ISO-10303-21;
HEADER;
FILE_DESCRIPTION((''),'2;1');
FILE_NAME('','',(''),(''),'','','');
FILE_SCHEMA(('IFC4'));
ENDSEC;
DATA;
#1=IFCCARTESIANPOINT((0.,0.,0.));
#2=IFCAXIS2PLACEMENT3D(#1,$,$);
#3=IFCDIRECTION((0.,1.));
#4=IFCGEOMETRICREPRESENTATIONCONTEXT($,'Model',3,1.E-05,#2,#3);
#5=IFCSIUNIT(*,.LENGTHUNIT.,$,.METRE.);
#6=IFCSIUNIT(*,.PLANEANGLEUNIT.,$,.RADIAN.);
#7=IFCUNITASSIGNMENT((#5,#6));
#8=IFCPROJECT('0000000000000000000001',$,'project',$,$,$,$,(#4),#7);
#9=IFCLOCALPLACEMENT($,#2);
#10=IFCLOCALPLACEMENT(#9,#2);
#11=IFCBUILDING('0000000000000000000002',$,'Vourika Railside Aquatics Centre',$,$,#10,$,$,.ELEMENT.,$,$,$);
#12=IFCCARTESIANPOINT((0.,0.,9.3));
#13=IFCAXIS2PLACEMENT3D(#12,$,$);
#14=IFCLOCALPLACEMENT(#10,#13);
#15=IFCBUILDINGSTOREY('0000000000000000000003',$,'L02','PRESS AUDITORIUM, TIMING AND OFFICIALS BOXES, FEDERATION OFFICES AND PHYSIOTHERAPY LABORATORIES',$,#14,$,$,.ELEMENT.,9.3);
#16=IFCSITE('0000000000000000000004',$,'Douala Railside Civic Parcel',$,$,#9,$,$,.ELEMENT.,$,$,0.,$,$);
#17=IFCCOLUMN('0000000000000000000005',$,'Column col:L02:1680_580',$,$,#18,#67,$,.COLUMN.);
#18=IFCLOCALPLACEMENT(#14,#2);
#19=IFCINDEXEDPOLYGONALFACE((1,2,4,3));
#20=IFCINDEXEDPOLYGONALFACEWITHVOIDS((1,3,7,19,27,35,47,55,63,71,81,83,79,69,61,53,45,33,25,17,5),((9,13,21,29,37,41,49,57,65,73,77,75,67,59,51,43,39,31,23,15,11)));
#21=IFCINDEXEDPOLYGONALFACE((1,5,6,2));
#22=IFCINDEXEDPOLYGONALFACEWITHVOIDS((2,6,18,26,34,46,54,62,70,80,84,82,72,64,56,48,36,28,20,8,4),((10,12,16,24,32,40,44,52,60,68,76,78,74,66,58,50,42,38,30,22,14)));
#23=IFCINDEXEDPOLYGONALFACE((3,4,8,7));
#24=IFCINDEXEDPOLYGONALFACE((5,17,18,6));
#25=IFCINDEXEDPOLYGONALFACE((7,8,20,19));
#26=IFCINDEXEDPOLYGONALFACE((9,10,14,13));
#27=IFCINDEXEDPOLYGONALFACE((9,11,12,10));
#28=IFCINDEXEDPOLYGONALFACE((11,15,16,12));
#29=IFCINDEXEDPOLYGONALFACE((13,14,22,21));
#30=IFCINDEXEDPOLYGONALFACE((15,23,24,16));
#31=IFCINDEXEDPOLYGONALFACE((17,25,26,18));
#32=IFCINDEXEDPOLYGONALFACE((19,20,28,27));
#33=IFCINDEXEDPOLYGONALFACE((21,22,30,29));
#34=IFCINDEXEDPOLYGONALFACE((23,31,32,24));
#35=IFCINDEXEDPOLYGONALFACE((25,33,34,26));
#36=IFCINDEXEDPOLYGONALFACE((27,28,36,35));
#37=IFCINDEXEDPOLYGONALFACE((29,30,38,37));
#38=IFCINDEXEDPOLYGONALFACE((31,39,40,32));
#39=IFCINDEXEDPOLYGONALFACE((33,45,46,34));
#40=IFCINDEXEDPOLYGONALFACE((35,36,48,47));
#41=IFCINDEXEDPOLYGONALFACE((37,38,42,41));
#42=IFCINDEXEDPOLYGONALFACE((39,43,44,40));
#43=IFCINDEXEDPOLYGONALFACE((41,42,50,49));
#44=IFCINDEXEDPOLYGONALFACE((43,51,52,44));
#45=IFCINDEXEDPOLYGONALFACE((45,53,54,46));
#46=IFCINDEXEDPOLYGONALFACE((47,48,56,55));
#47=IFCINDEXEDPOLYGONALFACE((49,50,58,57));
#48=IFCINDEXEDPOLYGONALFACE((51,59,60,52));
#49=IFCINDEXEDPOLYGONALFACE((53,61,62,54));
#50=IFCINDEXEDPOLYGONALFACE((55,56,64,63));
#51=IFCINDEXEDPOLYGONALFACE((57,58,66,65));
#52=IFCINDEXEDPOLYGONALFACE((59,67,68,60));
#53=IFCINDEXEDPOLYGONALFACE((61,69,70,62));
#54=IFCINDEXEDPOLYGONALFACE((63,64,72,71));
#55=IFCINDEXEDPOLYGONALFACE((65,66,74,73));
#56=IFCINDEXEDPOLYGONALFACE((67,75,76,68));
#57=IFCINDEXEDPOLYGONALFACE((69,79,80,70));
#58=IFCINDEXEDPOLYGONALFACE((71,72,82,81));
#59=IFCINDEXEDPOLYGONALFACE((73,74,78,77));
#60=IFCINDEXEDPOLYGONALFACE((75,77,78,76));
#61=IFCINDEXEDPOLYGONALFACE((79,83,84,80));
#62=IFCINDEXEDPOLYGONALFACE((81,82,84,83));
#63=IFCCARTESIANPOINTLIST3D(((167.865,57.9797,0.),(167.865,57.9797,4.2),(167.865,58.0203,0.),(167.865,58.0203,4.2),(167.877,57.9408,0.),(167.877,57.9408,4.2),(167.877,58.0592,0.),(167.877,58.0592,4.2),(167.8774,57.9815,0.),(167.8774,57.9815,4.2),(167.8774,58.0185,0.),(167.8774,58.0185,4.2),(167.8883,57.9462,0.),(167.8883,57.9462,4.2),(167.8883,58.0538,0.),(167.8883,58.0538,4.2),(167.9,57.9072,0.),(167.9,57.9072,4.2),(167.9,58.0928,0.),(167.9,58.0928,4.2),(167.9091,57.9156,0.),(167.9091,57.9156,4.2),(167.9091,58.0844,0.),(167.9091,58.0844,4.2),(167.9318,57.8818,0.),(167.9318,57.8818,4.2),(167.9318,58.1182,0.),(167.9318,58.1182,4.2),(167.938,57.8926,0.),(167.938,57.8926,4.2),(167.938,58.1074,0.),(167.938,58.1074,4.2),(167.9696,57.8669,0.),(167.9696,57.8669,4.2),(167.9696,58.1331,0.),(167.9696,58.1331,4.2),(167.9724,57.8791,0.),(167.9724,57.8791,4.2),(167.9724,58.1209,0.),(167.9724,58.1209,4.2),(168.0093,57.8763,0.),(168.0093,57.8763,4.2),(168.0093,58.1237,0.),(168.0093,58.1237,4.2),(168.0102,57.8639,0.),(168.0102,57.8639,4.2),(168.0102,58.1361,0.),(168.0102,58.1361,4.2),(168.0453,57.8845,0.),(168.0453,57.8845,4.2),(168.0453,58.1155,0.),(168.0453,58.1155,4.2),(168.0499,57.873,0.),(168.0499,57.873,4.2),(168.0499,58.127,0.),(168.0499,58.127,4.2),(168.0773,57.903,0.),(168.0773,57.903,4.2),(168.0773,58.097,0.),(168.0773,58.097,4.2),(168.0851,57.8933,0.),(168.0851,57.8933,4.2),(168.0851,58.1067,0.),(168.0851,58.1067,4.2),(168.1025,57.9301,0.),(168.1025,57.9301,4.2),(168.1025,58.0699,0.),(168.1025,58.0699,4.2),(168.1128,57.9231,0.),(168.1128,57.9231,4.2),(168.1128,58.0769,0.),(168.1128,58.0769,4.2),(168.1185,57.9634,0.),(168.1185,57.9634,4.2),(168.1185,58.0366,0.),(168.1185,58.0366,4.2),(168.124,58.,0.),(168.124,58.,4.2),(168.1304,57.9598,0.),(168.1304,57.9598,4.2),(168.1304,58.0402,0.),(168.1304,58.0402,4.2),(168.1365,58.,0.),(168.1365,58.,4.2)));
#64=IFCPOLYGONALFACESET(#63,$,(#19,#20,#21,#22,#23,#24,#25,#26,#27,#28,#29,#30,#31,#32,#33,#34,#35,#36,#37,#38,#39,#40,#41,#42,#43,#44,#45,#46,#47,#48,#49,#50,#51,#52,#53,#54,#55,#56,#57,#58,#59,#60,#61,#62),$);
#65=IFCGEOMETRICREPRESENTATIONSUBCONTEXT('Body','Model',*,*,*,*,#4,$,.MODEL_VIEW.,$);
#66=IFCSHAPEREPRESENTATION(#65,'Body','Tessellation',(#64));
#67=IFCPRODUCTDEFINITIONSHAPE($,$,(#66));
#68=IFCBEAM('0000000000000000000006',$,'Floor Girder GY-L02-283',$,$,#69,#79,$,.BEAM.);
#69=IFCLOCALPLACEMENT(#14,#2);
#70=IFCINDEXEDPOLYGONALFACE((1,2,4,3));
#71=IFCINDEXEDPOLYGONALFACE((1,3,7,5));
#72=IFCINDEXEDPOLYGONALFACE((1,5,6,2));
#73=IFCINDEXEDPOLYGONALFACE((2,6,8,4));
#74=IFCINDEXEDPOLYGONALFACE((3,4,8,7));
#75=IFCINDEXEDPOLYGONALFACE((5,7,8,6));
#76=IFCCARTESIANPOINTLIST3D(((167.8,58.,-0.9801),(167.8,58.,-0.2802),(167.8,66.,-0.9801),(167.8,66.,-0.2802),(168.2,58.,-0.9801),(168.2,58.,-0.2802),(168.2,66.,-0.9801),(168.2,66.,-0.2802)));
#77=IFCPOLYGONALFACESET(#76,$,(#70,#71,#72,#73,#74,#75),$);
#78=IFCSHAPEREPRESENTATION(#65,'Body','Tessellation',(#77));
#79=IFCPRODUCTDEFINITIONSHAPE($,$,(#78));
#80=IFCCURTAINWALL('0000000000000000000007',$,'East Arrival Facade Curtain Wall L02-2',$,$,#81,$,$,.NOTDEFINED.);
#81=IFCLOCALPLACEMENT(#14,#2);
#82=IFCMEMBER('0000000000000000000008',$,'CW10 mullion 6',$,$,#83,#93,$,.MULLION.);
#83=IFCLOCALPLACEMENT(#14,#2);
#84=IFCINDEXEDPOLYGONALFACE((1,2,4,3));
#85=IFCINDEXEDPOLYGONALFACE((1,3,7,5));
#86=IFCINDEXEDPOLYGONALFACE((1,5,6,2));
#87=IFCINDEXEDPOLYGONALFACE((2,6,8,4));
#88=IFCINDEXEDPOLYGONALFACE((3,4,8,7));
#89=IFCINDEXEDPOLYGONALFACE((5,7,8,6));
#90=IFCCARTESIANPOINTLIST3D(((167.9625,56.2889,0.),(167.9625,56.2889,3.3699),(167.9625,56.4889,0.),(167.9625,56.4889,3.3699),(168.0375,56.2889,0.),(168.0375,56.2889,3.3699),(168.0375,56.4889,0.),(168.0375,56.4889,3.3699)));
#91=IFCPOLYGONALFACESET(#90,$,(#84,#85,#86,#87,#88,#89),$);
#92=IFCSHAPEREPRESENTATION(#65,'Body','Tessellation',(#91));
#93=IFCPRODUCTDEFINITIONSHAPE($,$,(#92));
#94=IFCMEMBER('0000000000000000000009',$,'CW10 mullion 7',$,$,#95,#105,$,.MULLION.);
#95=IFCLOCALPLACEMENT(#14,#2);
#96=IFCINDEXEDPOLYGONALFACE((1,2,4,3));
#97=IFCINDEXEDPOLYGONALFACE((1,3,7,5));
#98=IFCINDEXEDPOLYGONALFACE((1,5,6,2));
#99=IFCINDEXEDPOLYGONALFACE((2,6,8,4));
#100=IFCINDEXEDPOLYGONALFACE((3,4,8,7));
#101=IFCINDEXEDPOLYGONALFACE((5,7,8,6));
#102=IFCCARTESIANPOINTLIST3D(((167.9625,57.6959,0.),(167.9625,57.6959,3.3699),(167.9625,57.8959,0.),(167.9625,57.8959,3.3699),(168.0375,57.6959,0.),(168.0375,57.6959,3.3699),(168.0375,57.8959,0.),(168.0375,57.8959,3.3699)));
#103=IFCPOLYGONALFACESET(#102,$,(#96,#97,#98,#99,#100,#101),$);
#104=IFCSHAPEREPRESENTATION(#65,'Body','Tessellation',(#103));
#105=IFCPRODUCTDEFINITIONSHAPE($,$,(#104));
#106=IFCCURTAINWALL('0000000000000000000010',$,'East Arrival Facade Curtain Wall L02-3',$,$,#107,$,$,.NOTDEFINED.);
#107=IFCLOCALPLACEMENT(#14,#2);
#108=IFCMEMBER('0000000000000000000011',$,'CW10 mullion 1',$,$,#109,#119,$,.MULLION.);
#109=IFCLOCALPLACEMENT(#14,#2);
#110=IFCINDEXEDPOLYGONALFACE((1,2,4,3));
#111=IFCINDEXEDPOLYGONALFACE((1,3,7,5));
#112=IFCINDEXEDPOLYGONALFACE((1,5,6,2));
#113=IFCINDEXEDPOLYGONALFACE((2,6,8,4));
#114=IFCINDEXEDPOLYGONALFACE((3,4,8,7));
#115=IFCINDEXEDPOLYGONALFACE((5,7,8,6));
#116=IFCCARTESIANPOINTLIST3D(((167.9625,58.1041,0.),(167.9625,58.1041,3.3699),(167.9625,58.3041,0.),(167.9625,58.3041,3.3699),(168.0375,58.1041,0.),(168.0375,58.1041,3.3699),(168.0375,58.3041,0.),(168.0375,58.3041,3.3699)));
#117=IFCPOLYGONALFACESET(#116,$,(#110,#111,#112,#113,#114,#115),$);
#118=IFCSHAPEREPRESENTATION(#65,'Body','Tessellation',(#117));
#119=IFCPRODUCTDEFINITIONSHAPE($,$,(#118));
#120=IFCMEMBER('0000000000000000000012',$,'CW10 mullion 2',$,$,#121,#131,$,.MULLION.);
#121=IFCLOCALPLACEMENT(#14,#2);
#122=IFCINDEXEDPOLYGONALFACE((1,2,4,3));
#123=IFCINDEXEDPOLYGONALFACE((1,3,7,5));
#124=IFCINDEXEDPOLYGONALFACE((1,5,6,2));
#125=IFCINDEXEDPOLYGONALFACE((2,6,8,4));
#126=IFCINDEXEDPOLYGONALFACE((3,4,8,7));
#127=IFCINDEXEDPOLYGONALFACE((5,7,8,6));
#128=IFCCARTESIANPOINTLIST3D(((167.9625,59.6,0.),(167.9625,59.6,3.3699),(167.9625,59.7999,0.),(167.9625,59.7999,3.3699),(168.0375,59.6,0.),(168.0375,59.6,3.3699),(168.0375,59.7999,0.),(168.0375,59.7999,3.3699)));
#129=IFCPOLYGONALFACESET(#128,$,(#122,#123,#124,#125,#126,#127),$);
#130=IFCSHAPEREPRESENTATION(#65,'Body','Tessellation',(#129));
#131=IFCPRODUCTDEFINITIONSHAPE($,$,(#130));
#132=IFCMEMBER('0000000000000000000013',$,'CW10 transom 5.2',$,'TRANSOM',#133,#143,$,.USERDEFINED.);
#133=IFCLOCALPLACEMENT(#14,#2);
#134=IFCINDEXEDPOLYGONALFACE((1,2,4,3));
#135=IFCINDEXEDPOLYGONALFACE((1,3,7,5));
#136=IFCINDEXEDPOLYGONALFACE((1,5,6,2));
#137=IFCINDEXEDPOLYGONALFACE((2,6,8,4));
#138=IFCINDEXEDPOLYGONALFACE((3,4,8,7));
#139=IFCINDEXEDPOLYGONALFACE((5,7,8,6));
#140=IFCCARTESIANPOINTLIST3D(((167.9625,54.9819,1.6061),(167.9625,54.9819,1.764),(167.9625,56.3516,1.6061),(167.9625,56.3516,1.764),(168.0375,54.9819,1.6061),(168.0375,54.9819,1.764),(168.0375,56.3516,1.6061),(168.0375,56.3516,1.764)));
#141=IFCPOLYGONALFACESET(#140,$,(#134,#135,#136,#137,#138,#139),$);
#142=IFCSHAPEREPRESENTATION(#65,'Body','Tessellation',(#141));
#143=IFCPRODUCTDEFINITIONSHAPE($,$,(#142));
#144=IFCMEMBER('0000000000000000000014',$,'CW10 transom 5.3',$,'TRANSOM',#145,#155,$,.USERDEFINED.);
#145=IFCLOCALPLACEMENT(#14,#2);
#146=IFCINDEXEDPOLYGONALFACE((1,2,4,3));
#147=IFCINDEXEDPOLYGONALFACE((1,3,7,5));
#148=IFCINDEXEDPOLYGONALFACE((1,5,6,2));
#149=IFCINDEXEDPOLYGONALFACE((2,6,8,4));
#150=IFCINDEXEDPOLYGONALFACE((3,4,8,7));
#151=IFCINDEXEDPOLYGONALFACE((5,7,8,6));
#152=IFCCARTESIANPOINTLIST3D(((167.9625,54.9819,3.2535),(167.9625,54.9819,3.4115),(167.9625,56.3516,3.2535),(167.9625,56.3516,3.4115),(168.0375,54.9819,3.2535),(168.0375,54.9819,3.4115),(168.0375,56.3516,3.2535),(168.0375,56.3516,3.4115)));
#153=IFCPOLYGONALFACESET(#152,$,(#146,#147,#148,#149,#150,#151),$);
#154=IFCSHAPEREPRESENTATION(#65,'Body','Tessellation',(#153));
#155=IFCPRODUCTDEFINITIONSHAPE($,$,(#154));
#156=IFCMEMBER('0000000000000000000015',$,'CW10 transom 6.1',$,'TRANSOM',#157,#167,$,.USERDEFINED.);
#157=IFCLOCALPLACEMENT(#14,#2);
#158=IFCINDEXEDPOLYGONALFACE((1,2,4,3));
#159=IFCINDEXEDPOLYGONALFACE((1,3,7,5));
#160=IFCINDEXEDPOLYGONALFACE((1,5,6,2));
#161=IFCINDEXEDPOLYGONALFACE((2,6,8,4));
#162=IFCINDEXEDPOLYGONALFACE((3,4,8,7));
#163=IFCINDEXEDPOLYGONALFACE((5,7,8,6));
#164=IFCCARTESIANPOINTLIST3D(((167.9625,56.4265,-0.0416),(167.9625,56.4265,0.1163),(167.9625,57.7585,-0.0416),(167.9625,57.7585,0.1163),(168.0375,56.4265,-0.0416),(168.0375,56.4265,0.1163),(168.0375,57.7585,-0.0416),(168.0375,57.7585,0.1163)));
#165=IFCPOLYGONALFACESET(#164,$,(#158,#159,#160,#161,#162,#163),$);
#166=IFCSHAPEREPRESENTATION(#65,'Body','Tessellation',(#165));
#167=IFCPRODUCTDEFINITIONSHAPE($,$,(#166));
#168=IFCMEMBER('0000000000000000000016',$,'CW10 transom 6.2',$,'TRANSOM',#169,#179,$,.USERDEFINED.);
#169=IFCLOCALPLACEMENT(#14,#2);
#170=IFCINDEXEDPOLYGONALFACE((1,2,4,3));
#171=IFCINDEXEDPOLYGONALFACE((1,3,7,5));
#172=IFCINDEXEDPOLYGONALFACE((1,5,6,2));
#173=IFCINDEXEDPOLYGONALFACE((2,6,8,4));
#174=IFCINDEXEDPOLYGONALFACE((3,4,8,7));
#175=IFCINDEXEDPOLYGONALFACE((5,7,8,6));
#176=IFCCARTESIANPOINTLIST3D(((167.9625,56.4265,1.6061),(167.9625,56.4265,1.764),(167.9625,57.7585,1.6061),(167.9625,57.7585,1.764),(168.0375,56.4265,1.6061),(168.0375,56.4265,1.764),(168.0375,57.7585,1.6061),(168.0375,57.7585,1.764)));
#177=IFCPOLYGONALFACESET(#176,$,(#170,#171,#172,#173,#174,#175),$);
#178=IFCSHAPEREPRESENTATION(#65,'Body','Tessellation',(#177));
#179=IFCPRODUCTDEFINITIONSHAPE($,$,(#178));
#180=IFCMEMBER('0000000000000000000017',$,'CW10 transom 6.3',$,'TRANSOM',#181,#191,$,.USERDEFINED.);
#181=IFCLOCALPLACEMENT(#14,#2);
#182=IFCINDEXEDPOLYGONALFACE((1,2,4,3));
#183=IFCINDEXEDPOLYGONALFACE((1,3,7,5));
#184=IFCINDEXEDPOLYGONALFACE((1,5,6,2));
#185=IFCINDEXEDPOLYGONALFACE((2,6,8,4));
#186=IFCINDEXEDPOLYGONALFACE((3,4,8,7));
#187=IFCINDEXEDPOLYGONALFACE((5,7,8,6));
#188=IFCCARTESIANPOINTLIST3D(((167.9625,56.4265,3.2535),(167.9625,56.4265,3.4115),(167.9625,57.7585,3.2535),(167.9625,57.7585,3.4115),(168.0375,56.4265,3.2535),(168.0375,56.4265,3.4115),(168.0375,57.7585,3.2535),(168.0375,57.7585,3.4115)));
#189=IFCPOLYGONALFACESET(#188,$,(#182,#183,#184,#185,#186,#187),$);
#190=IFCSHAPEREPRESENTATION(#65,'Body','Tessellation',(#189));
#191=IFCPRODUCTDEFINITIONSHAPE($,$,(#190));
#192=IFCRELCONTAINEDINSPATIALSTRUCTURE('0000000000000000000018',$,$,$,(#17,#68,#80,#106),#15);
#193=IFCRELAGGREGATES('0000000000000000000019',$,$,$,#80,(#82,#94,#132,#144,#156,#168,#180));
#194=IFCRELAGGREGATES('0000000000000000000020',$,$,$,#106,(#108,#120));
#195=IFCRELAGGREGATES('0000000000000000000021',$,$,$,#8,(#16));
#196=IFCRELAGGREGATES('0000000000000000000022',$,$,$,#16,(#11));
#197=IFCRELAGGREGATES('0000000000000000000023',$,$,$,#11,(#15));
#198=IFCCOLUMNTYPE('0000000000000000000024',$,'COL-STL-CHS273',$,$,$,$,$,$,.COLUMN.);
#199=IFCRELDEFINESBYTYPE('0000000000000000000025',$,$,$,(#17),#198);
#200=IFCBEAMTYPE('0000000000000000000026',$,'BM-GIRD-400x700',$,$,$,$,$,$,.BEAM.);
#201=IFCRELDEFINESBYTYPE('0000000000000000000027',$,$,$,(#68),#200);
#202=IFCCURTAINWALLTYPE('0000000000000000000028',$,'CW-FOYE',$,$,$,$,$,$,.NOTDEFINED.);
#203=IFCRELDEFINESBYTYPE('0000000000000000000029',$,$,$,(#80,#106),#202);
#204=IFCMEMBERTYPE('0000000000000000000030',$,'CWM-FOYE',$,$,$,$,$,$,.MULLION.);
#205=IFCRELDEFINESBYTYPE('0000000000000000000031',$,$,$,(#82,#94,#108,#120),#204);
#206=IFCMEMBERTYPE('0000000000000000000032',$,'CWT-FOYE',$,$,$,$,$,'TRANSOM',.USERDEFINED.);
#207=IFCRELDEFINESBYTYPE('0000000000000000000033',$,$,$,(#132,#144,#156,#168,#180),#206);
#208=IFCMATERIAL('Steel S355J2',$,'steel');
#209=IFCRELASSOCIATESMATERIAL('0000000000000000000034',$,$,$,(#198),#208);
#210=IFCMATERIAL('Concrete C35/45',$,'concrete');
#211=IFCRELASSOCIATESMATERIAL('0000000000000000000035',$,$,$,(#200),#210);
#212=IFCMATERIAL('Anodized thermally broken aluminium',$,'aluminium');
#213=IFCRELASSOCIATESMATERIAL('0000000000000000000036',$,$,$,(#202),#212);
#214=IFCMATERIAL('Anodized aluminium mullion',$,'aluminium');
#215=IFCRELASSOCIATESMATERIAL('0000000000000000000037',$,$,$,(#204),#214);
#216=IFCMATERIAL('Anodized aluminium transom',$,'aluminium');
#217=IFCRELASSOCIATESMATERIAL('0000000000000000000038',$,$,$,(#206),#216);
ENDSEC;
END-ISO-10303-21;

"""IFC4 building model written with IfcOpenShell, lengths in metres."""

from ifc_helpers import new_model, si_unit, direction, frame, origin, origin_2d, place, context, subcontext, project, spatial, rectangle, hollow_circle, extrude, material, material_profile, profile_set, type_object, element, aggregate, save


model = new_model("IFC4")

# Units and contexts
model_context = context("Model", 3, precision=1e-05, world=origin(), true_north=direction((0.0, 1.0)))
body_context = subcontext(model_context, "Body", "Model", "MODEL_VIEW")
ifc_project = project(units=[si_unit("LENGTHUNIT", "METRE"), si_unit("PLANEANGLEUNIT", "RADIAN")], contexts=[model_context])

# Site, building, storey
site_placement = place(None, origin())
site = spatial("IfcSite", under=ifc_project, at=site_placement, Name="Douala Railside Civic Parcel", CompositionType="ELEMENT", RefElevation=0.0)
building_placement = place(site_placement, origin())
building = spatial("IfcBuilding", under=site, at=building_placement, Name="Vourika Railside Aquatics Centre", CompositionType="ELEMENT")
storey_placement = place(building_placement, frame((0.0, 0.0, 9.3)))
storey = spatial("IfcBuildingStorey", under=building, at=storey_placement, Name="L02", Description="PRESS AUDITORIUM, TIMING AND OFFICIALS BOXES, FEDERATION OFFICES AND PHYSIOTHERAPY LABORATORIES", CompositionType="ELEMENT", Elevation=9.3)

# Column
ifc_material_1 = material(Name="Steel S355J2", Category="steel")
ifc_material_profile_1 = material_profile(ifc_material_1, hollow_circle(Radius=0.1365, WallThickness=0.0125, at=origin_2d()), Name="CHS 273x12.5")
ifc_profile_set_1 = profile_set([ifc_material_profile_1], Name="Steel S355J2")
column_type = type_object("IfcColumnType", Name="COL-STL-CHS273", PredefinedType="COLUMN", material=ifc_profile_set_1)
column_placement = place(storey_placement, frame((168.0, 58.0, 0.0), z_axis=(0.0, 0.0, 1.0), x_axis=(1.0, 0.0, 0.0)))
element("IfcColumn", 1, at=column_placement, inside=storey, type_object=column_type, Name="Column col:L02:1680_580", PredefinedType="COLUMN", context=body_context, shape_type="SweptSolid", body=[
    extrude(hollow_circle(Radius=0.1365, WallThickness=0.0125, at=origin_2d()), origin(), (0.0, 0.0, 1.0), 4.2),
])

# Beam
ifc_material_2 = material(Name="Concrete C35/45", Category="concrete")
ifc_material_profile_2 = material_profile(ifc_material_2, rectangle(XDim=0.3999, YDim=0.7, at=origin_2d()), Name="RC 400x700")
ifc_profile_set_2 = profile_set([ifc_material_profile_2], Name="Concrete C35/45")
beam_type = type_object("IfcBeamType", Name="BM-GIRD-400x700", PredefinedType="BEAM", material=ifc_profile_set_2)
beam_placement = place(storey_placement, frame((168.0, 58.0, -0.6301), z_axis=(0.0, 1.0, 0.0), x_axis=(-1.0, 0.0, 0.0)))
element("IfcBeam", 2, at=beam_placement, inside=storey, type_object=beam_type, Name="Floor Girder GY-L02-283", PredefinedType="BEAM", context=body_context, shape_type="SweptSolid", body=[
    extrude(rectangle(XDim=0.3999, YDim=0.7, at=origin_2d()), origin(), (0.0, 0.0, 1.0), 8.0),
])

# Curtain walls, members
ifc_material_3 = material(Name="Anodized thermally broken aluminium", Category="aluminium")
curtain_wall_type = type_object("IfcCurtainWallType", Name="CW-FOYE", PredefinedType="NOTDEFINED", material=ifc_material_3)
curtain_wall_1_placement = place(storey_placement, origin())
curtain_wall_1 = element("IfcCurtainWall", 3, at=curtain_wall_1_placement, inside=storey, type_object=curtain_wall_type, Name="East Arrival Facade Curtain Wall L02-2", PredefinedType="NOTDEFINED")
ifc_material_4 = material(Name="Anodized aluminium mullion", Category="aluminium")
ifc_material_profile_3 = material_profile(ifc_material_4, rectangle(XDim=0.075, YDim=0.2, at=origin_2d()), Name="ALU-M 75x200")
ifc_profile_set_3 = profile_set([ifc_material_profile_3], Name="Anodized aluminium mullion")
member_type_1 = type_object("IfcMemberType", Name="CWM-FOYE", PredefinedType="MULLION", material=ifc_profile_set_3)
member_1_placement = place(storey_placement, frame((168.0, 56.3889, 0.0), z_axis=(0.0, 0.0, 1.0), x_axis=(-1.0, 0.0, 0.0)))
member_1 = element("IfcMember", 4, at=member_1_placement, type_object=member_type_1, Name="CW10 mullion 6", PredefinedType="MULLION", context=body_context, shape_type="SweptSolid", body=[
    extrude(rectangle(XDim=0.075, YDim=0.2, at=origin_2d()), origin(), (0.0, 0.0, 1.0), 3.3699),
])
member_2_placement = place(storey_placement, frame((168.0, 57.7959, 0.0), z_axis=(0.0, 0.0, 1.0), x_axis=(-1.0, 0.0, 0.0)))
member_2 = element("IfcMember", 5, at=member_2_placement, type_object=member_type_1, Name="CW10 mullion 7", PredefinedType="MULLION", context=body_context, shape_type="SweptSolid", body=[
    extrude(rectangle(XDim=0.075, YDim=0.2, at=origin_2d()), origin(), (0.0, 0.0, 1.0), 3.3699),
])
curtain_wall_2_placement = place(storey_placement, origin())
curtain_wall_2 = element("IfcCurtainWall", 6, at=curtain_wall_2_placement, inside=storey, type_object=curtain_wall_type, Name="East Arrival Facade Curtain Wall L02-3", PredefinedType="NOTDEFINED")
member_3_placement = place(storey_placement, frame((168.0, 58.2041, 0.0), z_axis=(0.0, 0.0, 1.0), x_axis=(-1.0, 0.0, 0.0)))
member_3 = element("IfcMember", 7, at=member_3_placement, type_object=member_type_1, Name="CW10 mullion 1", PredefinedType="MULLION", context=body_context, shape_type="SweptSolid", body=[
    extrude(rectangle(XDim=0.075, YDim=0.2, at=origin_2d()), origin(), (0.0, 0.0, 1.0), 3.3699),
])
member_4_placement = place(storey_placement, frame((168.0, 59.7, 0.0), z_axis=(0.0, 0.0, 1.0), x_axis=(-1.0, 0.0, 0.0)))
member_4 = element("IfcMember", 8, at=member_4_placement, type_object=member_type_1, Name="CW10 mullion 2", PredefinedType="MULLION", context=body_context, shape_type="SweptSolid", body=[
    extrude(rectangle(XDim=0.075, YDim=0.2, at=origin_2d()), origin(), (0.0, 0.0, 1.0), 3.3699),
])

# Members
ifc_material_5 = material(Name="Anodized aluminium transom", Category="aluminium")
ifc_material_profile_4 = material_profile(ifc_material_5, rectangle(XDim=0.075, YDim=0.158, at=origin_2d()), Name="ALU-T 75x158")
ifc_profile_set_4 = profile_set([ifc_material_profile_4], Name="Anodized aluminium transom")
member_type_2 = type_object("IfcMemberType", Name="CWT-FOYE", ElementType="TRANSOM", PredefinedType="USERDEFINED", material=ifc_profile_set_4)
member_5_placement = place(storey_placement, frame((168.0, 54.9819, 1.6851), z_axis=(0.0, 1.0, 0.0), x_axis=(-1.0, 0.0, 0.0)))
member_5 = element("IfcMember", 9, at=member_5_placement, type_object=member_type_2, Name="CW10 transom 5.2", ObjectType="TRANSOM", PredefinedType="USERDEFINED", context=body_context, shape_type="SweptSolid", body=[
    extrude(rectangle(XDim=0.075, YDim=0.158, at=origin_2d()), origin(), (0.0, 0.0, 1.0), 1.3696),
])
member_6_placement = place(storey_placement, frame((168.0, 54.9819, 3.3325), z_axis=(0.0, 1.0, 0.0), x_axis=(-1.0, 0.0, 0.0)))
member_6 = element("IfcMember", 10, at=member_6_placement, type_object=member_type_2, Name="CW10 transom 5.3", ObjectType="TRANSOM", PredefinedType="USERDEFINED", context=body_context, shape_type="SweptSolid", body=[
    extrude(rectangle(XDim=0.075, YDim=0.158, at=origin_2d()), origin(), (0.0, 0.0, 1.0), 1.3696),
])
member_7_placement = place(storey_placement, frame((168.0, 56.4265, 0.0374), z_axis=(0.0, 1.0, 0.0), x_axis=(-1.0, 0.0, 0.0)))
member_7 = element("IfcMember", 11, at=member_7_placement, type_object=member_type_2, Name="CW10 transom 6.1", ObjectType="TRANSOM", PredefinedType="USERDEFINED", context=body_context, shape_type="SweptSolid", body=[
    extrude(rectangle(XDim=0.075, YDim=0.158, at=origin_2d()), origin(), (0.0, 0.0, 1.0), 1.332),
])
member_8_placement = place(storey_placement, frame((168.0, 56.4265, 1.6851), z_axis=(0.0, 1.0, 0.0), x_axis=(-1.0, 0.0, 0.0)))
member_8 = element("IfcMember", 12, at=member_8_placement, type_object=member_type_2, Name="CW10 transom 6.2", ObjectType="TRANSOM", PredefinedType="USERDEFINED", context=body_context, shape_type="SweptSolid", body=[
    extrude(rectangle(XDim=0.075, YDim=0.158, at=origin_2d()), origin(), (0.0, 0.0, 1.0), 1.332),
])
member_9_placement = place(storey_placement, frame((168.0, 56.4265, 3.3325), z_axis=(0.0, 1.0, 0.0), x_axis=(-1.0, 0.0, 0.0)))
member_9 = element("IfcMember", 13, at=member_9_placement, type_object=member_type_2, Name="CW10 transom 6.3", ObjectType="TRANSOM", PredefinedType="USERDEFINED", context=body_context, shape_type="SweptSolid", body=[
    extrude(rectangle(XDim=0.075, YDim=0.158, at=origin_2d()), origin(), (0.0, 0.0, 1.0), 1.332),
])

aggregate(curtain_wall_1, [member_1, member_2, member_5, member_6, member_7, member_8, member_9])
aggregate(curtain_wall_2, [member_3, member_4])

save(model, "model.ifc")
